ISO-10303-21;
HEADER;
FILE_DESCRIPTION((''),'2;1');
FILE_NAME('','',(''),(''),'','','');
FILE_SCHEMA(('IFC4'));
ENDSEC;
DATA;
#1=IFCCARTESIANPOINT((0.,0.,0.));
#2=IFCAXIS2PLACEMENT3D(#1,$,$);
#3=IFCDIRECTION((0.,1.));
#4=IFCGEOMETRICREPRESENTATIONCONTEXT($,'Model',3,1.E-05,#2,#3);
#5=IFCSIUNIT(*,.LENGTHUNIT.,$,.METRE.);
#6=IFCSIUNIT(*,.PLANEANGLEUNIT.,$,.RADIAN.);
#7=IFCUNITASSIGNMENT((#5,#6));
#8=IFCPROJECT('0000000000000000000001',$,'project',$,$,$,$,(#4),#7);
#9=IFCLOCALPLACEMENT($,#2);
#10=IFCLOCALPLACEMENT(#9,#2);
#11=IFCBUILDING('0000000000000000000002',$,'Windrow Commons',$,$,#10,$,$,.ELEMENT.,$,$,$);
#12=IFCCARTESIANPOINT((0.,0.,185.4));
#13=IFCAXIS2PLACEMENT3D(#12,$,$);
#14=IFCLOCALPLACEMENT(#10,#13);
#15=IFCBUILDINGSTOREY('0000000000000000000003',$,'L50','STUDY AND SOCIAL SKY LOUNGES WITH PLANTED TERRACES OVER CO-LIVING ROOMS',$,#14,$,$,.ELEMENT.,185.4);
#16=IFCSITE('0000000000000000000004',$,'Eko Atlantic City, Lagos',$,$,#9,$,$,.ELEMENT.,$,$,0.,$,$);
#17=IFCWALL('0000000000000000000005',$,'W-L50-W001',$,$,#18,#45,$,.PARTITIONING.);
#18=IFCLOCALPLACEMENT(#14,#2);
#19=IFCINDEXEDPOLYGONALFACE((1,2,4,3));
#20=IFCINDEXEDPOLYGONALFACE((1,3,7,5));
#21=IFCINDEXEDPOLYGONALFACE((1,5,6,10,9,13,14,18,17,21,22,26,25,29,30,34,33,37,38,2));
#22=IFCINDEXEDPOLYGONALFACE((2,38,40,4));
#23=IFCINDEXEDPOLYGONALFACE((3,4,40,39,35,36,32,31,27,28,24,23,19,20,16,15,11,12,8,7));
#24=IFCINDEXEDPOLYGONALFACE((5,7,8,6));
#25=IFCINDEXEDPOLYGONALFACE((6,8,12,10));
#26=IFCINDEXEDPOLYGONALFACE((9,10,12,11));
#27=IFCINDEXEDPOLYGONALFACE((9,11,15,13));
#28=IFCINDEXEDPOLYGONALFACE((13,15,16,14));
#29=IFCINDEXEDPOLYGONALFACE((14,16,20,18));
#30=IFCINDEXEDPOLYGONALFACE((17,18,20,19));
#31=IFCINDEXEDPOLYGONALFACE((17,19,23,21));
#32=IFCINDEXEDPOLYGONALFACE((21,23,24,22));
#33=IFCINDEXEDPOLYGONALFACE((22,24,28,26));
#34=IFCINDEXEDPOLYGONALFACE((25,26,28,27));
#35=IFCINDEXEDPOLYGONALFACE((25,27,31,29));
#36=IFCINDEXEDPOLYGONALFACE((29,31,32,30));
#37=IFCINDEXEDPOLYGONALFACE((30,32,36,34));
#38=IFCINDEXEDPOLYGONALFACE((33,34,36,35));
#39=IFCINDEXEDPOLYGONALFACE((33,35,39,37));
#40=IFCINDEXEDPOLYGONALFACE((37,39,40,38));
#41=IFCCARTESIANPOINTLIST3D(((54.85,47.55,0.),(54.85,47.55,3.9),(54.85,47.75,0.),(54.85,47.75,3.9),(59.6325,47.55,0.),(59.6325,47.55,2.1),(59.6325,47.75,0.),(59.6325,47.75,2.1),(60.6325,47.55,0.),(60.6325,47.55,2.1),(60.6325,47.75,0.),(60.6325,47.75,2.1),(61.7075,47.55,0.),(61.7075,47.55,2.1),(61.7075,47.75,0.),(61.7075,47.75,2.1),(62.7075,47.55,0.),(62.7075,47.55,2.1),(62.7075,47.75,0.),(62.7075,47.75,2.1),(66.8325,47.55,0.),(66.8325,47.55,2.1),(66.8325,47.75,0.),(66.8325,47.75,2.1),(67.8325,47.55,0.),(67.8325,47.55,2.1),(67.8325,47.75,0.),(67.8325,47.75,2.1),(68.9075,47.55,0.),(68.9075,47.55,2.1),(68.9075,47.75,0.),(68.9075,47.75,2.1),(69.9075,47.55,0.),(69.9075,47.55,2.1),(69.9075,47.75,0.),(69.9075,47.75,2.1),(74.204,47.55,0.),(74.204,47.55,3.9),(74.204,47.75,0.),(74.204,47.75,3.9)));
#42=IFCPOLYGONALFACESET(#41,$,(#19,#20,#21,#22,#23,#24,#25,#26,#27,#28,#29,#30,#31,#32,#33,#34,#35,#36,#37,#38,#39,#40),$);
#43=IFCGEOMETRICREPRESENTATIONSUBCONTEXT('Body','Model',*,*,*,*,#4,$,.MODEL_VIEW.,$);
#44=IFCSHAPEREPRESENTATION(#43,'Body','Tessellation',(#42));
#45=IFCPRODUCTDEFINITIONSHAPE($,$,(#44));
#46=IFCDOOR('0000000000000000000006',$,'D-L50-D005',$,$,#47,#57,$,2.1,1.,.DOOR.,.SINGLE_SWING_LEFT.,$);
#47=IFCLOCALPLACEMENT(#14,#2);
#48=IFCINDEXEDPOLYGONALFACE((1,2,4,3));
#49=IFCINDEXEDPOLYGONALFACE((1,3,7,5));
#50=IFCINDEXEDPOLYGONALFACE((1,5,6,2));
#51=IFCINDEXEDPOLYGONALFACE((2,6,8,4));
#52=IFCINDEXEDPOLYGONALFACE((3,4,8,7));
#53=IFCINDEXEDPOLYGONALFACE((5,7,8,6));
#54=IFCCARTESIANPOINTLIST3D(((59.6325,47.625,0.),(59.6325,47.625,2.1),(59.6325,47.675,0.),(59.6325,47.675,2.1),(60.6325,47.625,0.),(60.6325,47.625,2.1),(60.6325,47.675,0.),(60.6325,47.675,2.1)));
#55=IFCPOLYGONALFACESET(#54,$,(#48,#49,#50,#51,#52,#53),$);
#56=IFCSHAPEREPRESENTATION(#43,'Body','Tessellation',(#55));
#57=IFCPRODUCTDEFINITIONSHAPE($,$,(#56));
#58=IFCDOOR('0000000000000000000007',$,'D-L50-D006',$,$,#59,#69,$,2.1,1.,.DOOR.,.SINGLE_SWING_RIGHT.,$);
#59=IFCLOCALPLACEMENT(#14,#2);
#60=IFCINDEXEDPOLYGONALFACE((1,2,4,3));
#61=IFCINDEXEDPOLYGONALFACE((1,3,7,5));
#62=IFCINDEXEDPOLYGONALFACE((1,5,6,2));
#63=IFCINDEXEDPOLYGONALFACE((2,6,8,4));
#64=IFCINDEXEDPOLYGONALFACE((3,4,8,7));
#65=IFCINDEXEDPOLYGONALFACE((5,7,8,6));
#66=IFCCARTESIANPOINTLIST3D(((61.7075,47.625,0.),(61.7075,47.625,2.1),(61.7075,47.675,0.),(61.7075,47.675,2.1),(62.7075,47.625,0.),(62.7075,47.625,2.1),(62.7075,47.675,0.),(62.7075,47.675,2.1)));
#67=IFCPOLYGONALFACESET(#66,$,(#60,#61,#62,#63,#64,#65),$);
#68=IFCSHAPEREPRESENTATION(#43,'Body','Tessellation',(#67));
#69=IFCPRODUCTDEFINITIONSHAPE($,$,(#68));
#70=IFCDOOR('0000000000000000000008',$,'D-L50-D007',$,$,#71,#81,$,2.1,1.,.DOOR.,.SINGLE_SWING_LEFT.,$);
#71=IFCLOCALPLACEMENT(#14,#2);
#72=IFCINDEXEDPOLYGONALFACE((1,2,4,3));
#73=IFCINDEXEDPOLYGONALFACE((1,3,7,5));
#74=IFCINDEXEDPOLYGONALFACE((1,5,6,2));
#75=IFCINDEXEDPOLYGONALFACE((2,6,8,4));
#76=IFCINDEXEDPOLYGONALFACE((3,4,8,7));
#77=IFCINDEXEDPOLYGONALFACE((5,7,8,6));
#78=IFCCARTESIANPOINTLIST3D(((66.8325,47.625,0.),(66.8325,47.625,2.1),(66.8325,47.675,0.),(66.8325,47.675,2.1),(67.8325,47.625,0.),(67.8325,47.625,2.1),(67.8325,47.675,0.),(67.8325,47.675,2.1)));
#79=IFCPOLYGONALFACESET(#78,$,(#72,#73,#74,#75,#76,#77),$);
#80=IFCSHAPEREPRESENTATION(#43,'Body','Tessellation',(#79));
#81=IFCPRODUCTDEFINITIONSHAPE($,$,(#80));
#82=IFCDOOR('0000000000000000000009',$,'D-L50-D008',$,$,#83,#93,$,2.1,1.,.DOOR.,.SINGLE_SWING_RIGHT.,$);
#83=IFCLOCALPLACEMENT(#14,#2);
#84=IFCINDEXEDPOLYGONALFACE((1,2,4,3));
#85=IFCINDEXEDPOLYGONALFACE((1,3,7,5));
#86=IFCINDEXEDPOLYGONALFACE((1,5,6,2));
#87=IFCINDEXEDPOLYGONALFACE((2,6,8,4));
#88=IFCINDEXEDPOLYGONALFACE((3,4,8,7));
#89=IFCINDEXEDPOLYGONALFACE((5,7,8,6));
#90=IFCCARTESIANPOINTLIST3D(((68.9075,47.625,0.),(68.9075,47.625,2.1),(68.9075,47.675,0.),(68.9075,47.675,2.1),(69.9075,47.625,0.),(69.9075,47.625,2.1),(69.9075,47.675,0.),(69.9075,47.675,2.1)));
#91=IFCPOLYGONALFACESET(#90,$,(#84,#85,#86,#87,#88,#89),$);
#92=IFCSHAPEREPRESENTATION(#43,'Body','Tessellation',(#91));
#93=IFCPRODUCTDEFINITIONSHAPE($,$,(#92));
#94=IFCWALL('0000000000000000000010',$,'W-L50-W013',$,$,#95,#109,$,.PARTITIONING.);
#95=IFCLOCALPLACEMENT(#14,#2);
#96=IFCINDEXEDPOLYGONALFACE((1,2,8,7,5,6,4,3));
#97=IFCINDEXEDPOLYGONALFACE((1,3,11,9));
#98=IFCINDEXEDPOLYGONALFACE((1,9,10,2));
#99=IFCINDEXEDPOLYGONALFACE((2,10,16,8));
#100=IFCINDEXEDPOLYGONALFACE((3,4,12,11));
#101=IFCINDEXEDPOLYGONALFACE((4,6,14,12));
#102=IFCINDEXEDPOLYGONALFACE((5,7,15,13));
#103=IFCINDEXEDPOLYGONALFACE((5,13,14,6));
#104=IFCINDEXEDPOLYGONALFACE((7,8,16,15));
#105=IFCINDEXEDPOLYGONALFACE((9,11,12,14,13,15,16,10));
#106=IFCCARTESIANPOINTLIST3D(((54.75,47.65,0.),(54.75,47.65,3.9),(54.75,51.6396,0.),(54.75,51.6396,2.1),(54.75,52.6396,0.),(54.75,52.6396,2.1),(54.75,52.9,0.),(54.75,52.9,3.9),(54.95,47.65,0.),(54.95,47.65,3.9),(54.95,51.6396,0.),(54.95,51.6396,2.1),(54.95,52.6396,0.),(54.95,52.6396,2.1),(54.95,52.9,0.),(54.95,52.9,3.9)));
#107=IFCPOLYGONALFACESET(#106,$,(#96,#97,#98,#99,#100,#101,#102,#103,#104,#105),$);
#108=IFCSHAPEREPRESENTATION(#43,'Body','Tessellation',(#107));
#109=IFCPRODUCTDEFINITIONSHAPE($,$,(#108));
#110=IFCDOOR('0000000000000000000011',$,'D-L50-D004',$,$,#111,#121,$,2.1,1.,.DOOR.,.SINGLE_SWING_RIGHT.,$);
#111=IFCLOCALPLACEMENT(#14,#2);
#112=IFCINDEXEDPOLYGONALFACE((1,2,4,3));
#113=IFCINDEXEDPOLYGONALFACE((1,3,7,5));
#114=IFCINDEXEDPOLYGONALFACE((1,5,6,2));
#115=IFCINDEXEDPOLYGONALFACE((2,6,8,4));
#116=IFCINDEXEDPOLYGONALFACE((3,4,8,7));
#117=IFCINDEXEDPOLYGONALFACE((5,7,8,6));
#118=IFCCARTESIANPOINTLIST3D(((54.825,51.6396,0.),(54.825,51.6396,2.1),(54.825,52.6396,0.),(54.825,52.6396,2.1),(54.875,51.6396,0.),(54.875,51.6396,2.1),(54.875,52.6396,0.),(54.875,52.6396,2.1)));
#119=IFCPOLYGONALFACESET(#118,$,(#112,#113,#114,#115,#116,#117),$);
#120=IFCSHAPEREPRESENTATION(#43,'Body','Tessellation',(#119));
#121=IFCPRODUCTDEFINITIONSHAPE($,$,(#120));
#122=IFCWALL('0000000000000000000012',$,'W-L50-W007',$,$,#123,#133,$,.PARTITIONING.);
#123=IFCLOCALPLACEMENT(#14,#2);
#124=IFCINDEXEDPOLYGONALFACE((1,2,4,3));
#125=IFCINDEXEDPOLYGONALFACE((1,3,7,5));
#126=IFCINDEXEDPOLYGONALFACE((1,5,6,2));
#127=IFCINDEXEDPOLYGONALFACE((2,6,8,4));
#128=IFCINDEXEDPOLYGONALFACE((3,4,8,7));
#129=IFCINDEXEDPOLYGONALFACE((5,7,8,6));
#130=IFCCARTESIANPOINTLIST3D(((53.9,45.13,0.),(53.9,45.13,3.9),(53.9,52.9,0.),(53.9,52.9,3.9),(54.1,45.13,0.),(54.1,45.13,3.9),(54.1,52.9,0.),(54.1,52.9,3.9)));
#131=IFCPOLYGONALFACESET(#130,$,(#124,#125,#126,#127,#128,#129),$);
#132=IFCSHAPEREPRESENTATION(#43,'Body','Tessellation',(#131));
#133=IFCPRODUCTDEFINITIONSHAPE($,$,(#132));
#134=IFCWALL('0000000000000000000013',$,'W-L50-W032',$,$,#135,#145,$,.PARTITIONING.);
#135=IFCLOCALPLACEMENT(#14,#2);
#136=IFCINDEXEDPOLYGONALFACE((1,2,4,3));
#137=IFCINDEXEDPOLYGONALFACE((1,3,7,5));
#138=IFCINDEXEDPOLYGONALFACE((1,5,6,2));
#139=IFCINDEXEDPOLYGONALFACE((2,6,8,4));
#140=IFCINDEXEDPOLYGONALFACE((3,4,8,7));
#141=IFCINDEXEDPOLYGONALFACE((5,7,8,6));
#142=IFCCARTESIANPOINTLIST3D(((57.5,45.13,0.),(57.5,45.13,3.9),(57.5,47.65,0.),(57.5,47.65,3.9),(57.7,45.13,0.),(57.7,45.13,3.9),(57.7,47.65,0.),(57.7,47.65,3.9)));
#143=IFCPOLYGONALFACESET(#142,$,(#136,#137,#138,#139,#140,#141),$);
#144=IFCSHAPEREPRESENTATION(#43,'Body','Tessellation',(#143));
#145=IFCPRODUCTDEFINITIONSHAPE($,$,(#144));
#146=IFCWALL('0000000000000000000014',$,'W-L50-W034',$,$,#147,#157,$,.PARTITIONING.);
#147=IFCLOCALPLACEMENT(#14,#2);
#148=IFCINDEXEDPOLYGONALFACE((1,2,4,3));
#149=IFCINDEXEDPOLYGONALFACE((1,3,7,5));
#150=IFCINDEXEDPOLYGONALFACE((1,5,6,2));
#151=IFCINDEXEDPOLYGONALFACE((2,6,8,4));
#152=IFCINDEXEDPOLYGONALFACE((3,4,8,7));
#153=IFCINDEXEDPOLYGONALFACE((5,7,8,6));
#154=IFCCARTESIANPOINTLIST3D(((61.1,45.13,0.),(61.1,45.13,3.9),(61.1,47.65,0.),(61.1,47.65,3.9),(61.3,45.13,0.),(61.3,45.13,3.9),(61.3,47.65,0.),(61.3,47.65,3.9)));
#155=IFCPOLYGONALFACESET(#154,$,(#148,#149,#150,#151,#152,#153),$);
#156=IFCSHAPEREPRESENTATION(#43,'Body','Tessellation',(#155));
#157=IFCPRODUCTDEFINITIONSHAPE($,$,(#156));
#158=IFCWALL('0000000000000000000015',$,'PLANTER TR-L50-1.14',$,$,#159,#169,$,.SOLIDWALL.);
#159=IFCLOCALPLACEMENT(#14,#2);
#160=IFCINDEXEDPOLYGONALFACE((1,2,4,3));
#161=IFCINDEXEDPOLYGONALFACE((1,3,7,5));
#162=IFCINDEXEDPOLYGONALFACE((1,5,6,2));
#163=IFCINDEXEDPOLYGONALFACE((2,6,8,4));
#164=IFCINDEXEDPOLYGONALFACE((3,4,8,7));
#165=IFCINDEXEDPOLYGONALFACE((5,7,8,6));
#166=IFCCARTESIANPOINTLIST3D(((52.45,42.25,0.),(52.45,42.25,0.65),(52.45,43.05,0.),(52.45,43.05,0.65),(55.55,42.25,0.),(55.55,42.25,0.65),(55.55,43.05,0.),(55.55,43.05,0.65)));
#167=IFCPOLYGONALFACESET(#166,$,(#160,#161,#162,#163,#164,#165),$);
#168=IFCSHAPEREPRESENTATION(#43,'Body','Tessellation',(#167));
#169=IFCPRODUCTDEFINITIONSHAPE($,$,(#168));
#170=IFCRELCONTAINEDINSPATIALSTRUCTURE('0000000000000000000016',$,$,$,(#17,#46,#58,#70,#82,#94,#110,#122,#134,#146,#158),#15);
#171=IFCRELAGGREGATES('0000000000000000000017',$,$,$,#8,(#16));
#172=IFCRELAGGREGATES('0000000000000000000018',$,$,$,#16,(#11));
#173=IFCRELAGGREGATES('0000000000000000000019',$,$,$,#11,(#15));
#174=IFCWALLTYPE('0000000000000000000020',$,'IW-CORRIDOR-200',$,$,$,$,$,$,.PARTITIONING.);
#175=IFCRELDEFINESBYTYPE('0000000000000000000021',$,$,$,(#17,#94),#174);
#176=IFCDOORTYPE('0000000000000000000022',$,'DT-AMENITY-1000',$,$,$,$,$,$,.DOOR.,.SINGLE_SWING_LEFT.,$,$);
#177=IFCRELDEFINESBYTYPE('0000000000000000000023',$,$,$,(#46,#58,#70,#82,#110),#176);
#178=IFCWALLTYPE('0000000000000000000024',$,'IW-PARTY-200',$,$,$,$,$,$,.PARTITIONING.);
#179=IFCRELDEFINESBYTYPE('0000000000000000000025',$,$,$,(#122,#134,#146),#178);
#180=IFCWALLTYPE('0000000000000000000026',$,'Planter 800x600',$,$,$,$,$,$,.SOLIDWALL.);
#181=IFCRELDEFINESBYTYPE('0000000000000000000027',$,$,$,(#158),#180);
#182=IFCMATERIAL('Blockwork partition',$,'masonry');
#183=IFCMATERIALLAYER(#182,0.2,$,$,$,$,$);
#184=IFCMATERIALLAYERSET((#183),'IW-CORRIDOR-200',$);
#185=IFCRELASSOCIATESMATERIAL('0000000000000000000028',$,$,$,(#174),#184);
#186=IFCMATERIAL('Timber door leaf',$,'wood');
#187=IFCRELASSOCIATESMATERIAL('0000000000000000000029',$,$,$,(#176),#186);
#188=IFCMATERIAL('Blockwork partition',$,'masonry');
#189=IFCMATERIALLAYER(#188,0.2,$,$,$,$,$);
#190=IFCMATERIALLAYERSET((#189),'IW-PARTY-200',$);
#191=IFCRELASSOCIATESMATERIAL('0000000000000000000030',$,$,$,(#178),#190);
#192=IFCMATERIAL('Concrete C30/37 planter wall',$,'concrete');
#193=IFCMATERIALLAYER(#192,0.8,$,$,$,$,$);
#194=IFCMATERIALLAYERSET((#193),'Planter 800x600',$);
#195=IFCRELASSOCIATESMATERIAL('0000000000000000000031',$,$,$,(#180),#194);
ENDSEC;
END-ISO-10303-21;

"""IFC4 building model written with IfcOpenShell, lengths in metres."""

from ifc_helpers import new_model, si_unit, direction, frame, frame_2d, origin, place, context, subcontext, project, spatial, rectangle, extrude, material, layer, layer_set, type_object, element, fill, save


model = new_model("IFC4")

# Units and contexts
model_context = context("Model", 3, precision=1e-05, world=origin(), true_north=direction((0.0, 1.0)))
body_context = subcontext(model_context, "Body", "Model", "MODEL_VIEW")
ifc_project = project(units=[si_unit("LENGTHUNIT", "METRE"), si_unit("PLANEANGLEUNIT", "RADIAN")], contexts=[model_context])

# Site, building, storey
site_placement = place(None, origin())
site = spatial("IfcSite", under=ifc_project, at=site_placement, Name="Eko Atlantic City, Lagos", CompositionType="ELEMENT", RefElevation=0.0)
building_placement = place(site_placement, origin())
building = spatial("IfcBuilding", under=site, at=building_placement, Name="Windrow Commons", CompositionType="ELEMENT")
storey_placement = place(building_placement, frame((0.0, 0.0, 185.4)))
storey = spatial("IfcBuildingStorey", under=building, at=storey_placement, Name="L50", Description="STUDY AND SOCIAL SKY LOUNGES WITH PLANTED TERRACES OVER CO-LIVING ROOMS", CompositionType="ELEMENT", Elevation=185.4)

# Wall, openings, doors
ifc_material_1 = material(Name="Blockwork partition", Category="masonry")
ifc_layer_1 = layer(ifc_material_1, 0.2)
ifc_layer_set_1 = layer_set([ifc_layer_1], Name="IW-CORRIDOR-200")
wall_type_1 = type_object("IfcWallType", Name="IW-CORRIDOR-200", PredefinedType="PARTITIONING", material=ifc_layer_set_1)
wall_1_placement = place(storey_placement, frame((54.85, 47.65, 0.0), z_axis=(0.0, 0.0, 1.0), x_axis=(1.0, 0.0, 0.0)))
wall_1 = element("IfcWall", 1, at=wall_1_placement, inside=storey, type_object=wall_type_1, Name="W-L50-W001", PredefinedType="PARTITIONING", context=body_context, shape_type="SweptSolid", body=[
    extrude(rectangle(XDim=19.354, YDim=0.2, at=frame_2d((9.677, 0.0))), origin(), (0.0, 0.0, 1.0), 3.9),
])
opening_1_placement = place(wall_1_placement, frame((4.7825, 0.0, 0.0)))
opening_1 = element("IfcOpeningElement", 2, at=opening_1_placement, cuts=wall_1, PredefinedType="OPENING", context=body_context, shape_type="SweptSolid", body=[
    extrude(rectangle(XDim=1.0, YDim=2.1, at=frame_2d((0.5, 1.05))), frame((0.0, 0.11, 0.0), z_axis=(0.0, -1.0, 0.0), x_axis=(1.0, 0.0, 0.0)), (0.0, 0.0, 1.0), 0.22),
])
opening_2_placement = place(wall_1_placement, frame((6.8575, 0.0, 0.0)))
opening_2 = element("IfcOpeningElement", 3, at=opening_2_placement, cuts=wall_1, PredefinedType="OPENING", context=body_context, shape_type="SweptSolid", body=[
    extrude(rectangle(XDim=1.0, YDim=2.1, at=frame_2d((0.5, 1.05))), frame((0.0, 0.11, 0.0), z_axis=(0.0, -1.0, 0.0), x_axis=(1.0, 0.0, 0.0)), (0.0, 0.0, 1.0), 0.22),
])
opening_3_placement = place(wall_1_placement, frame((11.9825, 0.0, 0.0)))
opening_3 = element("IfcOpeningElement", 4, at=opening_3_placement, cuts=wall_1, PredefinedType="OPENING", context=body_context, shape_type="SweptSolid", body=[
    extrude(rectangle(XDim=1.0, YDim=2.1, at=frame_2d((0.5, 1.05))), frame((0.0, 0.11, 0.0), z_axis=(0.0, -1.0, 0.0), x_axis=(1.0, 0.0, 0.0)), (0.0, 0.0, 1.0), 0.22),
])
opening_4_placement = place(wall_1_placement, frame((14.0575, 0.0, 0.0)))
opening_4 = element("IfcOpeningElement", 5, at=opening_4_placement, cuts=wall_1, PredefinedType="OPENING", context=body_context, shape_type="SweptSolid", body=[
    extrude(rectangle(XDim=1.0, YDim=2.1, at=frame_2d((0.5, 1.05))), frame((0.0, 0.11, 0.0), z_axis=(0.0, -1.0, 0.0), x_axis=(1.0, 0.0, 0.0)), (0.0, 0.0, 1.0), 0.22),
])
ifc_material_2 = material(Name="Timber door leaf", Category="wood")
door_type = type_object("IfcDoorType", Name="DT-AMENITY-1000", OperationType="SINGLE_SWING_LEFT", PredefinedType="DOOR", material=ifc_material_2)
door_1_placement = place(opening_1_placement, origin())
door_1 = element("IfcDoor", 6, at=door_1_placement, inside=storey, type_object=door_type, Name="D-L50-D005", OperationType="SINGLE_SWING_LEFT", OverallHeight=2.1, OverallWidth=1.0, PredefinedType="DOOR", context=body_context, shape_type="SweptSolid", body=[
    extrude(rectangle(XDim=1.0, YDim=2.1, at=frame_2d((0.5, 1.05))), frame((0.0, 0.025, 0.0), z_axis=(0.0, -1.0, 0.0), x_axis=(1.0, 0.0, 0.0)), (0.0, 0.0, 1.0), 0.05),
])
fill(opening_1, door_1)
door_2_placement = place(opening_2_placement, origin())
door_2 = element("IfcDoor", 7, at=door_2_placement, inside=storey, type_object=door_type, Name="D-L50-D006", OperationType="SINGLE_SWING_RIGHT", OverallHeight=2.1, OverallWidth=1.0, PredefinedType="DOOR", context=body_context, shape_type="SweptSolid", body=[
    extrude(rectangle(XDim=1.0, YDim=2.1, at=frame_2d((0.5, 1.05))), frame((0.0, 0.025, 0.0), z_axis=(0.0, -1.0, 0.0), x_axis=(1.0, 0.0, 0.0)), (0.0, 0.0, 1.0), 0.05),
])
fill(opening_2, door_2)
door_3_placement = place(opening_3_placement, origin())
door_3 = element("IfcDoor", 8, at=door_3_placement, inside=storey, type_object=door_type, Name="D-L50-D007", OperationType="SINGLE_SWING_LEFT", OverallHeight=2.1, OverallWidth=1.0, PredefinedType="DOOR", context=body_context, shape_type="SweptSolid", body=[
    extrude(rectangle(XDim=1.0, YDim=2.1, at=frame_2d((0.5, 1.05))), frame((0.0, 0.025, 0.0), z_axis=(0.0, -1.0, 0.0), x_axis=(1.0, 0.0, 0.0)), (0.0, 0.0, 1.0), 0.05),
])
fill(opening_3, door_3)
door_4_placement = place(opening_4_placement, origin())
door_4 = element("IfcDoor", 9, at=door_4_placement, inside=storey, type_object=door_type, Name="D-L50-D008", OperationType="SINGLE_SWING_RIGHT", OverallHeight=2.1, OverallWidth=1.0, PredefinedType="DOOR", context=body_context, shape_type="SweptSolid", body=[
    extrude(rectangle(XDim=1.0, YDim=2.1, at=frame_2d((0.5, 1.05))), frame((0.0, 0.025, 0.0), z_axis=(0.0, -1.0, 0.0), x_axis=(1.0, 0.0, 0.0)), (0.0, 0.0, 1.0), 0.05),
])
fill(opening_4, door_4)

# Wall, opening, door
wall_2_placement = place(storey_placement, frame((54.85, 47.65, 0.0), z_axis=(0.0, 0.0, 1.0), x_axis=(0.0, 1.0, 0.0)))
wall_2 = element("IfcWall", 10, at=wall_2_placement, inside=storey, type_object=wall_type_1, Name="W-L50-W013", PredefinedType="PARTITIONING", context=body_context, shape_type="SweptSolid", body=[
    extrude(rectangle(XDim=5.25, YDim=0.2, at=frame_2d((2.625, 0.0))), origin(), (0.0, 0.0, 1.0), 3.9),
])
opening_5_placement = place(wall_2_placement, frame((3.9896, 0.0, 0.0)))
opening_5 = element("IfcOpeningElement", 11, at=opening_5_placement, cuts=wall_2, PredefinedType="OPENING", context=body_context, shape_type="SweptSolid", body=[
    extrude(rectangle(XDim=1.0, YDim=2.1, at=frame_2d((0.5, 1.05))), frame((0.0, 0.11, 0.0), z_axis=(0.0, -1.0, 0.0), x_axis=(1.0, 0.0, 0.0)), (0.0, 0.0, 1.0), 0.22),
])
door_5_placement = place(opening_5_placement, origin())
door_5 = element("IfcDoor", 12, at=door_5_placement, inside=storey, type_object=door_type, Name="D-L50-D004", OperationType="SINGLE_SWING_RIGHT", OverallHeight=2.1, OverallWidth=1.0, PredefinedType="DOOR", context=body_context, shape_type="SweptSolid", body=[
    extrude(rectangle(XDim=1.0, YDim=2.1, at=frame_2d((0.5, 1.05))), frame((0.0, 0.025, 0.0), z_axis=(0.0, -1.0, 0.0), x_axis=(1.0, 0.0, 0.0)), (0.0, 0.0, 1.0), 0.05),
])
fill(opening_5, door_5)

# Walls
ifc_material_3 = material(Name="Blockwork partition", Category="masonry")
ifc_layer_2 = layer(ifc_material_3, 0.2)
ifc_layer_set_2 = layer_set([ifc_layer_2], Name="IW-PARTY-200")
wall_type_2 = type_object("IfcWallType", Name="IW-PARTY-200", PredefinedType="PARTITIONING", material=ifc_layer_set_2)
wall_3_placement = place(storey_placement, frame((54.0, 45.13, 0.0), z_axis=(0.0, 0.0, 1.0), x_axis=(0.0, 1.0, 0.0)))
element("IfcWall", 13, at=wall_3_placement, inside=storey, type_object=wall_type_2, Name="W-L50-W007", PredefinedType="PARTITIONING", context=body_context, shape_type="SweptSolid", body=[
    extrude(rectangle(XDim=7.77, YDim=0.2, at=frame_2d((3.885, 0.0))), origin(), (0.0, 0.0, 1.0), 3.9),
])
for number, where, z_axis, x_axis, name in (
    (14, (57.6, 45.13, 0.0), (0.0, 0.0, 1.0), (0.0, 1.0, 0.0), "W-L50-W032"),
    (15, (61.2, 45.13, 0.0), (0.0, 0.0, 1.0), (0.0, 1.0, 0.0), "W-L50-W034"),
):
    element("IfcWall", number, at=place(storey_placement, frame(where, z_axis=z_axis, x_axis=x_axis)), inside=storey, type_object=wall_type_2, Name=name, PredefinedType="PARTITIONING", context=body_context, shape_type="SweptSolid", body=[
        extrude(rectangle(XDim=2.52, YDim=0.2, at=frame_2d((1.26, 0.0))), origin(), (0.0, 0.0, 1.0), 3.9),
    ])
ifc_material_4 = material(Name="Concrete C30/37 planter wall", Category="concrete")
ifc_layer_3 = layer(ifc_material_4, 0.8)
ifc_layer_set_3 = layer_set([ifc_layer_3], Name="Planter 800x600")
wall_type_3 = type_object("IfcWallType", Name="Planter 800x600", PredefinedType="SOLIDWALL", material=ifc_layer_set_3)
wall_4_placement = place(storey_placement, frame((52.45, 42.65, 0.0), z_axis=(0.0, 0.0, 1.0), x_axis=(1.0, 0.0, 0.0)))
element("IfcWall", 16, at=wall_4_placement, inside=storey, type_object=wall_type_3, Name="PLANTER TR-L50-1.14", PredefinedType="SOLIDWALL", context=body_context, shape_type="SweptSolid", body=[
    extrude(rectangle(XDim=3.1, YDim=0.8, at=frame_2d((1.55, 0.0))), origin(), (0.0, 0.0, 1.0), 0.65),
])

save(model, "model.ifc")
